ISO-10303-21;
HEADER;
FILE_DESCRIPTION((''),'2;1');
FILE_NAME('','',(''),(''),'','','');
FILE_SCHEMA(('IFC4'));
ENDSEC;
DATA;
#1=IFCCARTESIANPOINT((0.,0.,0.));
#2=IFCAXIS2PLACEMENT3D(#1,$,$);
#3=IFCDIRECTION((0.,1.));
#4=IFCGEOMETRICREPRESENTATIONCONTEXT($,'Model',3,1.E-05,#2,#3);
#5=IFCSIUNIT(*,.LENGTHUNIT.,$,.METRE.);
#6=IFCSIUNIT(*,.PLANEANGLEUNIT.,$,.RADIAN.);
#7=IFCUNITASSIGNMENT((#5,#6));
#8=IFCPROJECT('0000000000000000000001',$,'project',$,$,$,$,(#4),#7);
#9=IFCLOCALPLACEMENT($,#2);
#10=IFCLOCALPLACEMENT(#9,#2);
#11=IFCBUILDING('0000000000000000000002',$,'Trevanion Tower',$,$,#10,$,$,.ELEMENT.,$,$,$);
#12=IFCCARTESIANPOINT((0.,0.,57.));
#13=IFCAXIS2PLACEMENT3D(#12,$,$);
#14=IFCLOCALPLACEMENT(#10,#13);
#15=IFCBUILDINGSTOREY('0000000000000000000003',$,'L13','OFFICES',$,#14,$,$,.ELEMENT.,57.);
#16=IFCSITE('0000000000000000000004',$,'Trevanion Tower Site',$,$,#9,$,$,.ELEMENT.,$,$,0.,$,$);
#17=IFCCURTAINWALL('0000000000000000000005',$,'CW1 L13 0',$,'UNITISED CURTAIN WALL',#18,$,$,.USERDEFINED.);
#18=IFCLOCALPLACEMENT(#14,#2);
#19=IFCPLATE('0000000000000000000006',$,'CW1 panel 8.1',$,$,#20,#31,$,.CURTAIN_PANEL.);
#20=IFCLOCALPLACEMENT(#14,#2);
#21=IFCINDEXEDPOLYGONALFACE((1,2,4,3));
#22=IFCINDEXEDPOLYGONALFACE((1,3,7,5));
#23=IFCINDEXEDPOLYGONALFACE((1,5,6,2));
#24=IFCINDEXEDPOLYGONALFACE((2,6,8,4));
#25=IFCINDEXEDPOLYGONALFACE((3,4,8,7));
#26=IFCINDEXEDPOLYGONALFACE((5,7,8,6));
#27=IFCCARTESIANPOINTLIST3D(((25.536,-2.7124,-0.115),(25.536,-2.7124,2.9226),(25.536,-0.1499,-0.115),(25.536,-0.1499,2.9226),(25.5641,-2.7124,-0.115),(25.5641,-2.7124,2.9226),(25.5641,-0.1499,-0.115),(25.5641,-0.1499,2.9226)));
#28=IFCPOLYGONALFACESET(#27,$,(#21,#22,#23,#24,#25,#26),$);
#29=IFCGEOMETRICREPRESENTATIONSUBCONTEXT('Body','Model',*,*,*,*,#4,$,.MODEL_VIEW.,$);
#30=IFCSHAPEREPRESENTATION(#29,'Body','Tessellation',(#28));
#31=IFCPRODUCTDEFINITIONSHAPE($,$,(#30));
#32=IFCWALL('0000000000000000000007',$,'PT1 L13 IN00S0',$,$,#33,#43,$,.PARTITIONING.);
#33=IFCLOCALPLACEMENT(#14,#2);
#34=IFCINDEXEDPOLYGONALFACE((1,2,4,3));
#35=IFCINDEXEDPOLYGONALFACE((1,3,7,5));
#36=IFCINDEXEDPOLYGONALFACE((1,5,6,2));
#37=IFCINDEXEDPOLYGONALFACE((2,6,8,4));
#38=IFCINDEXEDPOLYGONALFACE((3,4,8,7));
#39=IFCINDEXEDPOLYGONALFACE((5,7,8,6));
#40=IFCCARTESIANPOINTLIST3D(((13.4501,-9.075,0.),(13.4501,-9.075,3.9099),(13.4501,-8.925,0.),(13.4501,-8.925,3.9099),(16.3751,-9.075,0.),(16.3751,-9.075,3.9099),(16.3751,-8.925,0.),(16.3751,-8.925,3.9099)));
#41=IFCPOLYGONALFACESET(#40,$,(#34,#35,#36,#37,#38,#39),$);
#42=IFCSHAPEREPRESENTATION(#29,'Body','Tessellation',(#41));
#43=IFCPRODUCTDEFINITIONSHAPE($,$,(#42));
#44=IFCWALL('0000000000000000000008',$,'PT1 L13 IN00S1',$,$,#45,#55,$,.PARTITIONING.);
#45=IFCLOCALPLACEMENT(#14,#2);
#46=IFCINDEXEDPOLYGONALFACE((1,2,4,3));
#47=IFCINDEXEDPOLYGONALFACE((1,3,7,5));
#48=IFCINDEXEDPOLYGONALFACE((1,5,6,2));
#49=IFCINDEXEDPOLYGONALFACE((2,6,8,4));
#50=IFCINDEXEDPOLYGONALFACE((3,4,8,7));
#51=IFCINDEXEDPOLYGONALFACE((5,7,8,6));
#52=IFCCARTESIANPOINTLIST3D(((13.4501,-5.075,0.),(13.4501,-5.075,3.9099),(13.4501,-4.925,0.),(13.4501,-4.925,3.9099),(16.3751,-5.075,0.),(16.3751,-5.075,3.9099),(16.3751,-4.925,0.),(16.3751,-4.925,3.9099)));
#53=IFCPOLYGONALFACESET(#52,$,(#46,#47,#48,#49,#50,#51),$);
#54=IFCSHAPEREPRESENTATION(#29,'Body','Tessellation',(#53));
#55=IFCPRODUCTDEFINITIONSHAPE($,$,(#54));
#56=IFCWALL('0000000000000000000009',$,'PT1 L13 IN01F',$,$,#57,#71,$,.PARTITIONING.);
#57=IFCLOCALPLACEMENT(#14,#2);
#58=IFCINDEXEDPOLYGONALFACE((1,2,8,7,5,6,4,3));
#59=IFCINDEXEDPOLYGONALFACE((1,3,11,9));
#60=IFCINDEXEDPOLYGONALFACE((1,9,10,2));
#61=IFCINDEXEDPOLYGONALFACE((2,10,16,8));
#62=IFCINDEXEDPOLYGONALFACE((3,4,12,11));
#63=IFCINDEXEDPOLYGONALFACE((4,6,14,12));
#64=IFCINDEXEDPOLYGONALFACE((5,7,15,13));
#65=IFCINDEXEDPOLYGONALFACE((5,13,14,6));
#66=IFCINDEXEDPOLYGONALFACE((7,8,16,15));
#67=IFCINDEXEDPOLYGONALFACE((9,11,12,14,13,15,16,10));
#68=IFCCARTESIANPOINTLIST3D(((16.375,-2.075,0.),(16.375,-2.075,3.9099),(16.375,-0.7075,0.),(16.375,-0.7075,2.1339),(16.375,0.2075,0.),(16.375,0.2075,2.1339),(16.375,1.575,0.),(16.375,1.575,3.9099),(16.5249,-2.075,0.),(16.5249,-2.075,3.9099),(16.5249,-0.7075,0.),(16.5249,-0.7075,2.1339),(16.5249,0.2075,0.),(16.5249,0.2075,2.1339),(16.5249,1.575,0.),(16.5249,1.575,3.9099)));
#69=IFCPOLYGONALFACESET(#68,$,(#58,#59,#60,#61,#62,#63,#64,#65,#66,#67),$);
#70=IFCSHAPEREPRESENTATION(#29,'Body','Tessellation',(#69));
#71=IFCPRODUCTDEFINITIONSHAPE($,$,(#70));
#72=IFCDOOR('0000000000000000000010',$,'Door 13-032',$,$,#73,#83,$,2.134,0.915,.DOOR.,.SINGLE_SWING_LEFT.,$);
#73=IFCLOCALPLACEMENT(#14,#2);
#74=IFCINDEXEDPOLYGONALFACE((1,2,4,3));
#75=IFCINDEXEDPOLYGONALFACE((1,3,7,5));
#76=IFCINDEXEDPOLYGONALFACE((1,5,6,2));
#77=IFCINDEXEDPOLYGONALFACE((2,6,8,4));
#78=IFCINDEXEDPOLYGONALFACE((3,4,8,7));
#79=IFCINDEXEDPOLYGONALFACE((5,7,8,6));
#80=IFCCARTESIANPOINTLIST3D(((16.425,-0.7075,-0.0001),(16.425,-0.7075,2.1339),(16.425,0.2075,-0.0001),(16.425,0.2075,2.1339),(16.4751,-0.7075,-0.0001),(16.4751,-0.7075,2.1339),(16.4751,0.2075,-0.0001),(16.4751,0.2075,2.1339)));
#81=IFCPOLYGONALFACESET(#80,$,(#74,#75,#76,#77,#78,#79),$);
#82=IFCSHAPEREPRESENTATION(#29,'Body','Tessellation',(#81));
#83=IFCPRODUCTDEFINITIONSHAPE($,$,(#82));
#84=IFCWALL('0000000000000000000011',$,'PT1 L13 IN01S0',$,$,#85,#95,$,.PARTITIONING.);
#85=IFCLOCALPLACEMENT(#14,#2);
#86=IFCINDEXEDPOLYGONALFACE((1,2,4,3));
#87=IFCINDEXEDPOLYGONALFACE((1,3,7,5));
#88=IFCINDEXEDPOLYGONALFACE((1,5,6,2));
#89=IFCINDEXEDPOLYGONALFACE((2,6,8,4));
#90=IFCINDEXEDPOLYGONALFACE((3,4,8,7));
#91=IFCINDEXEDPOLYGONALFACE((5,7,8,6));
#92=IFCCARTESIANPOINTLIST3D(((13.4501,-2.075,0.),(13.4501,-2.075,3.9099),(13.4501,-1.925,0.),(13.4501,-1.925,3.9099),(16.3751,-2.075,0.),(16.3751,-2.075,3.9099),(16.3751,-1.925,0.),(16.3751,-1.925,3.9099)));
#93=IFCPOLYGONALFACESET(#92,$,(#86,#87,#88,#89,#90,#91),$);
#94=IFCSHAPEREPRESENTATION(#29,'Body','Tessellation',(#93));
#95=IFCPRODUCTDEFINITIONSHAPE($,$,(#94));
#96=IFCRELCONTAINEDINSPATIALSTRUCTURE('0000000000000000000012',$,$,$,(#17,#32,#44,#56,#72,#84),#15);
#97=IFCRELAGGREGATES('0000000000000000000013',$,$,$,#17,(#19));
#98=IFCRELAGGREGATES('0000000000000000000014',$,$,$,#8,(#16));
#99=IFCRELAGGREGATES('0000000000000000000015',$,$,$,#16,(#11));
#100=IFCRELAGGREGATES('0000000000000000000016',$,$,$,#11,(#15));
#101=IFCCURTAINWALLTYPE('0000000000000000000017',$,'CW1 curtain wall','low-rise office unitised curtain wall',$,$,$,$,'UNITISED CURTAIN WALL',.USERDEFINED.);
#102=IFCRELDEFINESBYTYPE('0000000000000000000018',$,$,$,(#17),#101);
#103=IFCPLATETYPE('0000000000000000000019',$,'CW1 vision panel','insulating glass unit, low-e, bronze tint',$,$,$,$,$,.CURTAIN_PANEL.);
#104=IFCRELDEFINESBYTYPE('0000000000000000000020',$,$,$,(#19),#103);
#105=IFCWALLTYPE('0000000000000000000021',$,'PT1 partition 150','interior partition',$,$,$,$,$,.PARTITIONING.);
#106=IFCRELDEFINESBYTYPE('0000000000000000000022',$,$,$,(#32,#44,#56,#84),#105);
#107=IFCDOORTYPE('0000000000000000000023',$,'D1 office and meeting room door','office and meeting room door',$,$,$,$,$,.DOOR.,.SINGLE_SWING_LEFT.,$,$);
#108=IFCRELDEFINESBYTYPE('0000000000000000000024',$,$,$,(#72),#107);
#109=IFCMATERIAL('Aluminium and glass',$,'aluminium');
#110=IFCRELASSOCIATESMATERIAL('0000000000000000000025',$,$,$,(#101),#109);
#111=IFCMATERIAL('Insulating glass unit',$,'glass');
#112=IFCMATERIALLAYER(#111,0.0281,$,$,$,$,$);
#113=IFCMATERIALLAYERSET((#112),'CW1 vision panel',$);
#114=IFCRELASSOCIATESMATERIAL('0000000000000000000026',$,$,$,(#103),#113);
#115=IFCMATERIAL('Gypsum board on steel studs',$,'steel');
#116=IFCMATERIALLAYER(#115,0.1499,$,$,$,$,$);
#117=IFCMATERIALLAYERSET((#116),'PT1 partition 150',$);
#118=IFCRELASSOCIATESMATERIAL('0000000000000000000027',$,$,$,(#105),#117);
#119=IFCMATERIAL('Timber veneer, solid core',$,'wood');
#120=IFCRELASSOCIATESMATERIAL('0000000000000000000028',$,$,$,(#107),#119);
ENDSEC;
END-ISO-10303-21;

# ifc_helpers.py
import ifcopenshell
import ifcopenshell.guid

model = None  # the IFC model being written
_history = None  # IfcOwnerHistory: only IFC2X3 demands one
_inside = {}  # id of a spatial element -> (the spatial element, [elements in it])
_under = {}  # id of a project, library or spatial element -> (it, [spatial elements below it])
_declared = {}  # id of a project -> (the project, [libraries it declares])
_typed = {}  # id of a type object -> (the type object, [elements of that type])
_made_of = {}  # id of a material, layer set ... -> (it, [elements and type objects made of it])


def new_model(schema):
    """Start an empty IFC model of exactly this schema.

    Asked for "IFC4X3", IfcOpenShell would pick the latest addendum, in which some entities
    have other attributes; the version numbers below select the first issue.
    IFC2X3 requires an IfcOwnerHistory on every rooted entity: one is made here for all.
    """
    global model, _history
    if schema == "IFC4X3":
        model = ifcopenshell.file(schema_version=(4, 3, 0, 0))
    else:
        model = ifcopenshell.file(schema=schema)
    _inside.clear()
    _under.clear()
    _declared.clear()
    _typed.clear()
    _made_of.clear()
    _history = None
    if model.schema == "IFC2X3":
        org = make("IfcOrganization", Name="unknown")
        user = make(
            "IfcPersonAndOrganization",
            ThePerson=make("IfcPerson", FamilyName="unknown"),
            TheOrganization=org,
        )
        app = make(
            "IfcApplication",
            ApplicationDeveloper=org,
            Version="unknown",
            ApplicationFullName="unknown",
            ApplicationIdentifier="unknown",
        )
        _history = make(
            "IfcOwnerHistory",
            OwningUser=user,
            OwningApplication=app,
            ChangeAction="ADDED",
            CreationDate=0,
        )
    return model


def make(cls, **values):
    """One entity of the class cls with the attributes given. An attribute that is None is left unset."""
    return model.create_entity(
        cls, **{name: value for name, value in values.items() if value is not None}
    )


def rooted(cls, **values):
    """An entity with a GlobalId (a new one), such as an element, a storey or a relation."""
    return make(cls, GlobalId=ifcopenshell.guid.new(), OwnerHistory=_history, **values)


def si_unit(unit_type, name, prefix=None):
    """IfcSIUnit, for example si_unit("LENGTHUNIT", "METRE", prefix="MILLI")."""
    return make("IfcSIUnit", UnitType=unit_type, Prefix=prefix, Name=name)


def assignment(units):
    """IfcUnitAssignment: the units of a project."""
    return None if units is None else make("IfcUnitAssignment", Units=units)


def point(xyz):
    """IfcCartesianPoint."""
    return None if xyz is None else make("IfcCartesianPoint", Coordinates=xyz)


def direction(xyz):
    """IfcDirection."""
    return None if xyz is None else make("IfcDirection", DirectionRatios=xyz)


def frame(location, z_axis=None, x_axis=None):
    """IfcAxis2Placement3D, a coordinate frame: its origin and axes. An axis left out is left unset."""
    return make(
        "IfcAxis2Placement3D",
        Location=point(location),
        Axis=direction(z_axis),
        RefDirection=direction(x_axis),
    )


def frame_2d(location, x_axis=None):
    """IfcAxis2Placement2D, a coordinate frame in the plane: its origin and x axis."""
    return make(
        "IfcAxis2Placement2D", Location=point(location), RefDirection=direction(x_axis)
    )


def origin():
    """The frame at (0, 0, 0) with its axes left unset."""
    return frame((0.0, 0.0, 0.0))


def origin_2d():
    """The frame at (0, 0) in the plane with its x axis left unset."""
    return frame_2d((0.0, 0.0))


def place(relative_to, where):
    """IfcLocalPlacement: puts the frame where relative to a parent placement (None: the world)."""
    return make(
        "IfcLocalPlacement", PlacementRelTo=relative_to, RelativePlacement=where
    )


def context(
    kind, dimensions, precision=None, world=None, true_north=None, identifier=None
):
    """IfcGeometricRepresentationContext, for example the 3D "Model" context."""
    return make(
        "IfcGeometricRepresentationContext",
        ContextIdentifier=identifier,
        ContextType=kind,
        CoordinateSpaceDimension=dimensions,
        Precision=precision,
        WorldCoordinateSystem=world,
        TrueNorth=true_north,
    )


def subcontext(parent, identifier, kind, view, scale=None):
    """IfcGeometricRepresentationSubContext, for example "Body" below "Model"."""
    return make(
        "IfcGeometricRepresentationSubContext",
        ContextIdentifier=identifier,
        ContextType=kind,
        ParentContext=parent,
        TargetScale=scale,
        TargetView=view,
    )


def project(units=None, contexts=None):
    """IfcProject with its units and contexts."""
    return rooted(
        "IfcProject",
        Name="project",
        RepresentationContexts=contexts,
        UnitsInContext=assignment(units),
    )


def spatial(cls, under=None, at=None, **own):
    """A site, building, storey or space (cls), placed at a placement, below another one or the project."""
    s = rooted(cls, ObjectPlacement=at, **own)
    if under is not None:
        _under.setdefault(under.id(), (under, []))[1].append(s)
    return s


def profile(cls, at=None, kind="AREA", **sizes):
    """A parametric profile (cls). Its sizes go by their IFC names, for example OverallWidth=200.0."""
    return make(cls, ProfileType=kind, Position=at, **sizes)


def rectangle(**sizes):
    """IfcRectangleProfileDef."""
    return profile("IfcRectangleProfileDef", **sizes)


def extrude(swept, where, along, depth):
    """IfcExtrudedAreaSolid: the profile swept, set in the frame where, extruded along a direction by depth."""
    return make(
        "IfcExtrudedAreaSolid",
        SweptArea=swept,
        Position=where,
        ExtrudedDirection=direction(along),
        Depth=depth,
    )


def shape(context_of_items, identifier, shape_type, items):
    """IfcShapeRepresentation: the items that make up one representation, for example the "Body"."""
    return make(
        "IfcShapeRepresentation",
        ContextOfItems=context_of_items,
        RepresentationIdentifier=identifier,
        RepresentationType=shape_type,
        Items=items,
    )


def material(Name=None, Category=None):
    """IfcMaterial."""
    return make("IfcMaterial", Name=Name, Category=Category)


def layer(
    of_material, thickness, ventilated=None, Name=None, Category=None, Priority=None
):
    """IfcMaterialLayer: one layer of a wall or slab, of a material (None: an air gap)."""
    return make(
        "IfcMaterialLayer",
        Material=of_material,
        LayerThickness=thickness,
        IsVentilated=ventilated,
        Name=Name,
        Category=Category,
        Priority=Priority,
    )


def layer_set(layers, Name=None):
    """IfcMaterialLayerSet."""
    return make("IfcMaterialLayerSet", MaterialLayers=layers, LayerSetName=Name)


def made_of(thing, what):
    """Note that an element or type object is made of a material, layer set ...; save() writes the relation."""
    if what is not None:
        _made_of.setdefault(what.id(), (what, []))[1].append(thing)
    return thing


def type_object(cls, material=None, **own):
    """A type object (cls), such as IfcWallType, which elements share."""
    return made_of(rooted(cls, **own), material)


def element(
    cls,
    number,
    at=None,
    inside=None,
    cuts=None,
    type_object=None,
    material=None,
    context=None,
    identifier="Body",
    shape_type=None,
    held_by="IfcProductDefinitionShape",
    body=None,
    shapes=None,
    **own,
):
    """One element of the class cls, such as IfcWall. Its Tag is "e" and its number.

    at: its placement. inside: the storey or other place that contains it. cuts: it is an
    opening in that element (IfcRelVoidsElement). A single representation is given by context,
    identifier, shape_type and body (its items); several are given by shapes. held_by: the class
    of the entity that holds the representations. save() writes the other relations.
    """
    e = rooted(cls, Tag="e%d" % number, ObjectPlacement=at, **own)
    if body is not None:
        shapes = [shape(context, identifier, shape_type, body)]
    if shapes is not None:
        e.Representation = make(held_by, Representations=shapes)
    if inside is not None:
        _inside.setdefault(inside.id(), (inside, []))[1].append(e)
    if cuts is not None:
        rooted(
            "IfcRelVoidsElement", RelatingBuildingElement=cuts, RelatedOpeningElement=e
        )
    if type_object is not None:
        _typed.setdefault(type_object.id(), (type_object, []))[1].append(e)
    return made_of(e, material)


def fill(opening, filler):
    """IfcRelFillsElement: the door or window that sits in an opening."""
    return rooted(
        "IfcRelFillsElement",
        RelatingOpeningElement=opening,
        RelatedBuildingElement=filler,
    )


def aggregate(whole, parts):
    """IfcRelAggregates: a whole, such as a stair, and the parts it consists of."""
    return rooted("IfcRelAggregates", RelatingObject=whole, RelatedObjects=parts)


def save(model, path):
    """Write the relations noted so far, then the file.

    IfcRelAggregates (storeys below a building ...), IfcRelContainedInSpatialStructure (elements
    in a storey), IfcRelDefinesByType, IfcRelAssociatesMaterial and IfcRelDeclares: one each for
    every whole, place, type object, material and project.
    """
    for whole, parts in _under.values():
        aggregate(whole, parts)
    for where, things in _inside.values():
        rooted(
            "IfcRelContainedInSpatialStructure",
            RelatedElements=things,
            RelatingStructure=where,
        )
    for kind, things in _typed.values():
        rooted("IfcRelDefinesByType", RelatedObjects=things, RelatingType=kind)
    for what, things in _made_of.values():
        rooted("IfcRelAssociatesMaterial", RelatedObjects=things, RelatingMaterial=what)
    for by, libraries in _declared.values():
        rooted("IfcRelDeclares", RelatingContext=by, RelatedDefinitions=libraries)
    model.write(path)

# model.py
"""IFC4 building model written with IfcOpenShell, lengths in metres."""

from ifc_helpers import new_model, si_unit, direction, frame, frame_2d, origin, origin_2d, place, context, subcontext, project, spatial, rectangle, extrude, material, layer, layer_set, type_object, element, fill, aggregate, save


model = new_model("IFC4")

# Units and contexts
model_context = context("Model", 3, precision=1e-05, world=origin(), true_north=direction((0.0, 1.0)))
body_context = subcontext(model_context, "Body", "Model", "MODEL_VIEW")
ifc_project = project(units=[si_unit("LENGTHUNIT", "METRE"), si_unit("PLANEANGLEUNIT", "RADIAN")], contexts=[model_context])

# Site, building, storey
site_placement = place(None, origin())
site = spatial("IfcSite", under=ifc_project, at=site_placement, Name="Trevanion Tower Site", CompositionType="ELEMENT", RefElevation=0.0)
building_placement = place(site_placement, origin())
building = spatial("IfcBuilding", under=site, at=building_placement, Name="Trevanion Tower", CompositionType="ELEMENT")
storey_placement = place(building_placement, frame((0.0, 0.0, 57.0)))
storey = spatial("IfcBuildingStorey", under=building, at=storey_placement, Name="L13", Description="OFFICES", CompositionType="ELEMENT", Elevation=57.0)

# Curtain wall, plate
ifc_material_1 = material(Name="Aluminium and glass", Category="aluminium")
curtain_wall_type = type_object("IfcCurtainWallType", Name="CW1 curtain wall", Description="low-rise office unitised curtain wall", ElementType="UNITISED CURTAIN WALL", PredefinedType="USERDEFINED", material=ifc_material_1)
curtain_wall_placement = place(storey_placement, origin())
curtain_wall = element("IfcCurtainWall", 1, at=curtain_wall_placement, inside=storey, type_object=curtain_wall_type, Name="CW1 L13 0", ObjectType="UNITISED CURTAIN WALL", PredefinedType="USERDEFINED")
ifc_material_2 = material(Name="Insulating glass unit", Category="glass")
ifc_layer_1 = layer(ifc_material_2, 0.0281)
ifc_layer_set_1 = layer_set([ifc_layer_1], Name="CW1 vision panel")
plate_type_1 = type_object("IfcPlateType", Name="CW1 vision panel", Description="insulating glass unit, low-e, bronze tint", PredefinedType="CURTAIN_PANEL", material=ifc_layer_set_1)
plate_1_placement = place(storey_placement, frame((25.55, -1.4312, -0.115), z_axis=(0.0, 0.0, 1.0), x_axis=(0.0, 1.0, 0.0)))
plate_1 = element("IfcPlate", 2, at=plate_1_placement, type_object=plate_type_1, Name="CW1 panel 8.1", PredefinedType="CURTAIN_PANEL", context=body_context, shape_type="SweptSolid", body=[
    extrude(rectangle(XDim=2.5625, YDim=0.0281, at=origin_2d()), origin(), (0.0, 0.0, 1.0), 3.0376),
])
aggregate(curtain_wall, [plate_1])

# Walls
ifc_material_3 = material(Name="Gypsum board on steel studs", Category="steel")
ifc_layer_2 = layer(ifc_material_3, 0.1499)
ifc_layer_set_2 = layer_set([ifc_layer_2], Name="PT1 partition 150")
wall_type = type_object("IfcWallType", Name="PT1 partition 150", Description="interior partition", PredefinedType="PARTITIONING", material=ifc_layer_set_2)
for number, where, z_axis, x_axis, name in (
    (3, (16.375, -9.0, 0.0), (0.0, 0.0, 1.0), (-1.0, 0.0, 0.0), "PT1 L13 IN00S0"),
    (4, (16.375, -5.0, 0.0), (0.0, 0.0, 1.0), (-1.0, 0.0, 0.0), "PT1 L13 IN00S1"),
):
    element("IfcWall", number, at=place(storey_placement, frame(where, z_axis=z_axis, x_axis=x_axis)), inside=storey, type_object=wall_type, Name=name, PredefinedType="PARTITIONING", context=body_context, shape_type="SweptSolid", body=[
        extrude(rectangle(XDim=2.925, YDim=0.1499, at=frame_2d((1.4624, 0.0))), origin(), (0.0, 0.0, 1.0), 3.9099),
    ])

# Wall, opening, door
wall_1_placement = place(storey_placement, frame((16.45, -2.075, 0.0), z_axis=(0.0, 0.0, 1.0), x_axis=(0.0, 1.0, 0.0)))
wall_1 = element("IfcWall", 5, at=wall_1_placement, inside=storey, type_object=wall_type, Name="PT1 L13 IN01F", PredefinedType="PARTITIONING", context=body_context, shape_type="SweptSolid", body=[
    extrude(rectangle(XDim=3.6499, YDim=0.1499, at=frame_2d((1.825, 0.0))), origin(), (0.0, 0.0, 1.0), 3.9099),
])
opening_placement = place(wall_1_placement, frame((1.3674, 0.0, 0.0)))
opening = element("IfcOpeningElement", 6, at=opening_placement, cuts=wall_1, PredefinedType="OPENING", context=body_context, shape_type="SweptSolid", body=[
    extrude(rectangle(XDim=0.915, YDim=2.134, at=frame_2d((0.4575, 1.0669))), frame((0.0, 0.085, 0.0), z_axis=(0.0, -1.0, 0.0), x_axis=(1.0, 0.0, 0.0)), (0.0, 0.0, 1.0), 0.1699),
])
ifc_material_4 = material(Name="Timber veneer, solid core", Category="wood")
door_type = type_object("IfcDoorType", Name="D1 office and meeting room door", Description="office and meeting room door", OperationType="SINGLE_SWING_LEFT", PredefinedType="DOOR", material=ifc_material_4)
door_placement = place(opening_placement, origin())
door = element("IfcDoor", 7, at=door_placement, inside=storey, type_object=door_type, Name="Door 13-032", OperationType="SINGLE_SWING_LEFT", OverallHeight=2.134, OverallWidth=0.915, PredefinedType="DOOR", context=body_context, shape_type="SweptSolid", body=[
    extrude(rectangle(XDim=0.915, YDim=2.134, at=frame_2d((0.4575, 1.0669))), frame((0.0, 0.0249, 0.0), z_axis=(0.0, -1.0, 0.0), x_axis=(1.0, 0.0, 0.0)), (0.0, 0.0, 1.0), 0.05),
])
fill(opening, door)

# Wall
wall_2_placement = place(storey_placement, frame((16.375, -2.0, 0.0), z_axis=(0.0, 0.0, 1.0), x_axis=(-1.0, 0.0, 0.0)))
element("IfcWall", 8, at=wall_2_placement, inside=storey, type_object=wall_type, Name="PT1 L13 IN01S0", PredefinedType="PARTITIONING", context=body_context, shape_type="SweptSolid", body=[
    extrude(rectangle(XDim=2.925, YDim=0.1499, at=frame_2d((1.4624, 0.0))), origin(), (0.0, 0.0, 1.0), 3.9099),
])

save(model, "model.ifc")
